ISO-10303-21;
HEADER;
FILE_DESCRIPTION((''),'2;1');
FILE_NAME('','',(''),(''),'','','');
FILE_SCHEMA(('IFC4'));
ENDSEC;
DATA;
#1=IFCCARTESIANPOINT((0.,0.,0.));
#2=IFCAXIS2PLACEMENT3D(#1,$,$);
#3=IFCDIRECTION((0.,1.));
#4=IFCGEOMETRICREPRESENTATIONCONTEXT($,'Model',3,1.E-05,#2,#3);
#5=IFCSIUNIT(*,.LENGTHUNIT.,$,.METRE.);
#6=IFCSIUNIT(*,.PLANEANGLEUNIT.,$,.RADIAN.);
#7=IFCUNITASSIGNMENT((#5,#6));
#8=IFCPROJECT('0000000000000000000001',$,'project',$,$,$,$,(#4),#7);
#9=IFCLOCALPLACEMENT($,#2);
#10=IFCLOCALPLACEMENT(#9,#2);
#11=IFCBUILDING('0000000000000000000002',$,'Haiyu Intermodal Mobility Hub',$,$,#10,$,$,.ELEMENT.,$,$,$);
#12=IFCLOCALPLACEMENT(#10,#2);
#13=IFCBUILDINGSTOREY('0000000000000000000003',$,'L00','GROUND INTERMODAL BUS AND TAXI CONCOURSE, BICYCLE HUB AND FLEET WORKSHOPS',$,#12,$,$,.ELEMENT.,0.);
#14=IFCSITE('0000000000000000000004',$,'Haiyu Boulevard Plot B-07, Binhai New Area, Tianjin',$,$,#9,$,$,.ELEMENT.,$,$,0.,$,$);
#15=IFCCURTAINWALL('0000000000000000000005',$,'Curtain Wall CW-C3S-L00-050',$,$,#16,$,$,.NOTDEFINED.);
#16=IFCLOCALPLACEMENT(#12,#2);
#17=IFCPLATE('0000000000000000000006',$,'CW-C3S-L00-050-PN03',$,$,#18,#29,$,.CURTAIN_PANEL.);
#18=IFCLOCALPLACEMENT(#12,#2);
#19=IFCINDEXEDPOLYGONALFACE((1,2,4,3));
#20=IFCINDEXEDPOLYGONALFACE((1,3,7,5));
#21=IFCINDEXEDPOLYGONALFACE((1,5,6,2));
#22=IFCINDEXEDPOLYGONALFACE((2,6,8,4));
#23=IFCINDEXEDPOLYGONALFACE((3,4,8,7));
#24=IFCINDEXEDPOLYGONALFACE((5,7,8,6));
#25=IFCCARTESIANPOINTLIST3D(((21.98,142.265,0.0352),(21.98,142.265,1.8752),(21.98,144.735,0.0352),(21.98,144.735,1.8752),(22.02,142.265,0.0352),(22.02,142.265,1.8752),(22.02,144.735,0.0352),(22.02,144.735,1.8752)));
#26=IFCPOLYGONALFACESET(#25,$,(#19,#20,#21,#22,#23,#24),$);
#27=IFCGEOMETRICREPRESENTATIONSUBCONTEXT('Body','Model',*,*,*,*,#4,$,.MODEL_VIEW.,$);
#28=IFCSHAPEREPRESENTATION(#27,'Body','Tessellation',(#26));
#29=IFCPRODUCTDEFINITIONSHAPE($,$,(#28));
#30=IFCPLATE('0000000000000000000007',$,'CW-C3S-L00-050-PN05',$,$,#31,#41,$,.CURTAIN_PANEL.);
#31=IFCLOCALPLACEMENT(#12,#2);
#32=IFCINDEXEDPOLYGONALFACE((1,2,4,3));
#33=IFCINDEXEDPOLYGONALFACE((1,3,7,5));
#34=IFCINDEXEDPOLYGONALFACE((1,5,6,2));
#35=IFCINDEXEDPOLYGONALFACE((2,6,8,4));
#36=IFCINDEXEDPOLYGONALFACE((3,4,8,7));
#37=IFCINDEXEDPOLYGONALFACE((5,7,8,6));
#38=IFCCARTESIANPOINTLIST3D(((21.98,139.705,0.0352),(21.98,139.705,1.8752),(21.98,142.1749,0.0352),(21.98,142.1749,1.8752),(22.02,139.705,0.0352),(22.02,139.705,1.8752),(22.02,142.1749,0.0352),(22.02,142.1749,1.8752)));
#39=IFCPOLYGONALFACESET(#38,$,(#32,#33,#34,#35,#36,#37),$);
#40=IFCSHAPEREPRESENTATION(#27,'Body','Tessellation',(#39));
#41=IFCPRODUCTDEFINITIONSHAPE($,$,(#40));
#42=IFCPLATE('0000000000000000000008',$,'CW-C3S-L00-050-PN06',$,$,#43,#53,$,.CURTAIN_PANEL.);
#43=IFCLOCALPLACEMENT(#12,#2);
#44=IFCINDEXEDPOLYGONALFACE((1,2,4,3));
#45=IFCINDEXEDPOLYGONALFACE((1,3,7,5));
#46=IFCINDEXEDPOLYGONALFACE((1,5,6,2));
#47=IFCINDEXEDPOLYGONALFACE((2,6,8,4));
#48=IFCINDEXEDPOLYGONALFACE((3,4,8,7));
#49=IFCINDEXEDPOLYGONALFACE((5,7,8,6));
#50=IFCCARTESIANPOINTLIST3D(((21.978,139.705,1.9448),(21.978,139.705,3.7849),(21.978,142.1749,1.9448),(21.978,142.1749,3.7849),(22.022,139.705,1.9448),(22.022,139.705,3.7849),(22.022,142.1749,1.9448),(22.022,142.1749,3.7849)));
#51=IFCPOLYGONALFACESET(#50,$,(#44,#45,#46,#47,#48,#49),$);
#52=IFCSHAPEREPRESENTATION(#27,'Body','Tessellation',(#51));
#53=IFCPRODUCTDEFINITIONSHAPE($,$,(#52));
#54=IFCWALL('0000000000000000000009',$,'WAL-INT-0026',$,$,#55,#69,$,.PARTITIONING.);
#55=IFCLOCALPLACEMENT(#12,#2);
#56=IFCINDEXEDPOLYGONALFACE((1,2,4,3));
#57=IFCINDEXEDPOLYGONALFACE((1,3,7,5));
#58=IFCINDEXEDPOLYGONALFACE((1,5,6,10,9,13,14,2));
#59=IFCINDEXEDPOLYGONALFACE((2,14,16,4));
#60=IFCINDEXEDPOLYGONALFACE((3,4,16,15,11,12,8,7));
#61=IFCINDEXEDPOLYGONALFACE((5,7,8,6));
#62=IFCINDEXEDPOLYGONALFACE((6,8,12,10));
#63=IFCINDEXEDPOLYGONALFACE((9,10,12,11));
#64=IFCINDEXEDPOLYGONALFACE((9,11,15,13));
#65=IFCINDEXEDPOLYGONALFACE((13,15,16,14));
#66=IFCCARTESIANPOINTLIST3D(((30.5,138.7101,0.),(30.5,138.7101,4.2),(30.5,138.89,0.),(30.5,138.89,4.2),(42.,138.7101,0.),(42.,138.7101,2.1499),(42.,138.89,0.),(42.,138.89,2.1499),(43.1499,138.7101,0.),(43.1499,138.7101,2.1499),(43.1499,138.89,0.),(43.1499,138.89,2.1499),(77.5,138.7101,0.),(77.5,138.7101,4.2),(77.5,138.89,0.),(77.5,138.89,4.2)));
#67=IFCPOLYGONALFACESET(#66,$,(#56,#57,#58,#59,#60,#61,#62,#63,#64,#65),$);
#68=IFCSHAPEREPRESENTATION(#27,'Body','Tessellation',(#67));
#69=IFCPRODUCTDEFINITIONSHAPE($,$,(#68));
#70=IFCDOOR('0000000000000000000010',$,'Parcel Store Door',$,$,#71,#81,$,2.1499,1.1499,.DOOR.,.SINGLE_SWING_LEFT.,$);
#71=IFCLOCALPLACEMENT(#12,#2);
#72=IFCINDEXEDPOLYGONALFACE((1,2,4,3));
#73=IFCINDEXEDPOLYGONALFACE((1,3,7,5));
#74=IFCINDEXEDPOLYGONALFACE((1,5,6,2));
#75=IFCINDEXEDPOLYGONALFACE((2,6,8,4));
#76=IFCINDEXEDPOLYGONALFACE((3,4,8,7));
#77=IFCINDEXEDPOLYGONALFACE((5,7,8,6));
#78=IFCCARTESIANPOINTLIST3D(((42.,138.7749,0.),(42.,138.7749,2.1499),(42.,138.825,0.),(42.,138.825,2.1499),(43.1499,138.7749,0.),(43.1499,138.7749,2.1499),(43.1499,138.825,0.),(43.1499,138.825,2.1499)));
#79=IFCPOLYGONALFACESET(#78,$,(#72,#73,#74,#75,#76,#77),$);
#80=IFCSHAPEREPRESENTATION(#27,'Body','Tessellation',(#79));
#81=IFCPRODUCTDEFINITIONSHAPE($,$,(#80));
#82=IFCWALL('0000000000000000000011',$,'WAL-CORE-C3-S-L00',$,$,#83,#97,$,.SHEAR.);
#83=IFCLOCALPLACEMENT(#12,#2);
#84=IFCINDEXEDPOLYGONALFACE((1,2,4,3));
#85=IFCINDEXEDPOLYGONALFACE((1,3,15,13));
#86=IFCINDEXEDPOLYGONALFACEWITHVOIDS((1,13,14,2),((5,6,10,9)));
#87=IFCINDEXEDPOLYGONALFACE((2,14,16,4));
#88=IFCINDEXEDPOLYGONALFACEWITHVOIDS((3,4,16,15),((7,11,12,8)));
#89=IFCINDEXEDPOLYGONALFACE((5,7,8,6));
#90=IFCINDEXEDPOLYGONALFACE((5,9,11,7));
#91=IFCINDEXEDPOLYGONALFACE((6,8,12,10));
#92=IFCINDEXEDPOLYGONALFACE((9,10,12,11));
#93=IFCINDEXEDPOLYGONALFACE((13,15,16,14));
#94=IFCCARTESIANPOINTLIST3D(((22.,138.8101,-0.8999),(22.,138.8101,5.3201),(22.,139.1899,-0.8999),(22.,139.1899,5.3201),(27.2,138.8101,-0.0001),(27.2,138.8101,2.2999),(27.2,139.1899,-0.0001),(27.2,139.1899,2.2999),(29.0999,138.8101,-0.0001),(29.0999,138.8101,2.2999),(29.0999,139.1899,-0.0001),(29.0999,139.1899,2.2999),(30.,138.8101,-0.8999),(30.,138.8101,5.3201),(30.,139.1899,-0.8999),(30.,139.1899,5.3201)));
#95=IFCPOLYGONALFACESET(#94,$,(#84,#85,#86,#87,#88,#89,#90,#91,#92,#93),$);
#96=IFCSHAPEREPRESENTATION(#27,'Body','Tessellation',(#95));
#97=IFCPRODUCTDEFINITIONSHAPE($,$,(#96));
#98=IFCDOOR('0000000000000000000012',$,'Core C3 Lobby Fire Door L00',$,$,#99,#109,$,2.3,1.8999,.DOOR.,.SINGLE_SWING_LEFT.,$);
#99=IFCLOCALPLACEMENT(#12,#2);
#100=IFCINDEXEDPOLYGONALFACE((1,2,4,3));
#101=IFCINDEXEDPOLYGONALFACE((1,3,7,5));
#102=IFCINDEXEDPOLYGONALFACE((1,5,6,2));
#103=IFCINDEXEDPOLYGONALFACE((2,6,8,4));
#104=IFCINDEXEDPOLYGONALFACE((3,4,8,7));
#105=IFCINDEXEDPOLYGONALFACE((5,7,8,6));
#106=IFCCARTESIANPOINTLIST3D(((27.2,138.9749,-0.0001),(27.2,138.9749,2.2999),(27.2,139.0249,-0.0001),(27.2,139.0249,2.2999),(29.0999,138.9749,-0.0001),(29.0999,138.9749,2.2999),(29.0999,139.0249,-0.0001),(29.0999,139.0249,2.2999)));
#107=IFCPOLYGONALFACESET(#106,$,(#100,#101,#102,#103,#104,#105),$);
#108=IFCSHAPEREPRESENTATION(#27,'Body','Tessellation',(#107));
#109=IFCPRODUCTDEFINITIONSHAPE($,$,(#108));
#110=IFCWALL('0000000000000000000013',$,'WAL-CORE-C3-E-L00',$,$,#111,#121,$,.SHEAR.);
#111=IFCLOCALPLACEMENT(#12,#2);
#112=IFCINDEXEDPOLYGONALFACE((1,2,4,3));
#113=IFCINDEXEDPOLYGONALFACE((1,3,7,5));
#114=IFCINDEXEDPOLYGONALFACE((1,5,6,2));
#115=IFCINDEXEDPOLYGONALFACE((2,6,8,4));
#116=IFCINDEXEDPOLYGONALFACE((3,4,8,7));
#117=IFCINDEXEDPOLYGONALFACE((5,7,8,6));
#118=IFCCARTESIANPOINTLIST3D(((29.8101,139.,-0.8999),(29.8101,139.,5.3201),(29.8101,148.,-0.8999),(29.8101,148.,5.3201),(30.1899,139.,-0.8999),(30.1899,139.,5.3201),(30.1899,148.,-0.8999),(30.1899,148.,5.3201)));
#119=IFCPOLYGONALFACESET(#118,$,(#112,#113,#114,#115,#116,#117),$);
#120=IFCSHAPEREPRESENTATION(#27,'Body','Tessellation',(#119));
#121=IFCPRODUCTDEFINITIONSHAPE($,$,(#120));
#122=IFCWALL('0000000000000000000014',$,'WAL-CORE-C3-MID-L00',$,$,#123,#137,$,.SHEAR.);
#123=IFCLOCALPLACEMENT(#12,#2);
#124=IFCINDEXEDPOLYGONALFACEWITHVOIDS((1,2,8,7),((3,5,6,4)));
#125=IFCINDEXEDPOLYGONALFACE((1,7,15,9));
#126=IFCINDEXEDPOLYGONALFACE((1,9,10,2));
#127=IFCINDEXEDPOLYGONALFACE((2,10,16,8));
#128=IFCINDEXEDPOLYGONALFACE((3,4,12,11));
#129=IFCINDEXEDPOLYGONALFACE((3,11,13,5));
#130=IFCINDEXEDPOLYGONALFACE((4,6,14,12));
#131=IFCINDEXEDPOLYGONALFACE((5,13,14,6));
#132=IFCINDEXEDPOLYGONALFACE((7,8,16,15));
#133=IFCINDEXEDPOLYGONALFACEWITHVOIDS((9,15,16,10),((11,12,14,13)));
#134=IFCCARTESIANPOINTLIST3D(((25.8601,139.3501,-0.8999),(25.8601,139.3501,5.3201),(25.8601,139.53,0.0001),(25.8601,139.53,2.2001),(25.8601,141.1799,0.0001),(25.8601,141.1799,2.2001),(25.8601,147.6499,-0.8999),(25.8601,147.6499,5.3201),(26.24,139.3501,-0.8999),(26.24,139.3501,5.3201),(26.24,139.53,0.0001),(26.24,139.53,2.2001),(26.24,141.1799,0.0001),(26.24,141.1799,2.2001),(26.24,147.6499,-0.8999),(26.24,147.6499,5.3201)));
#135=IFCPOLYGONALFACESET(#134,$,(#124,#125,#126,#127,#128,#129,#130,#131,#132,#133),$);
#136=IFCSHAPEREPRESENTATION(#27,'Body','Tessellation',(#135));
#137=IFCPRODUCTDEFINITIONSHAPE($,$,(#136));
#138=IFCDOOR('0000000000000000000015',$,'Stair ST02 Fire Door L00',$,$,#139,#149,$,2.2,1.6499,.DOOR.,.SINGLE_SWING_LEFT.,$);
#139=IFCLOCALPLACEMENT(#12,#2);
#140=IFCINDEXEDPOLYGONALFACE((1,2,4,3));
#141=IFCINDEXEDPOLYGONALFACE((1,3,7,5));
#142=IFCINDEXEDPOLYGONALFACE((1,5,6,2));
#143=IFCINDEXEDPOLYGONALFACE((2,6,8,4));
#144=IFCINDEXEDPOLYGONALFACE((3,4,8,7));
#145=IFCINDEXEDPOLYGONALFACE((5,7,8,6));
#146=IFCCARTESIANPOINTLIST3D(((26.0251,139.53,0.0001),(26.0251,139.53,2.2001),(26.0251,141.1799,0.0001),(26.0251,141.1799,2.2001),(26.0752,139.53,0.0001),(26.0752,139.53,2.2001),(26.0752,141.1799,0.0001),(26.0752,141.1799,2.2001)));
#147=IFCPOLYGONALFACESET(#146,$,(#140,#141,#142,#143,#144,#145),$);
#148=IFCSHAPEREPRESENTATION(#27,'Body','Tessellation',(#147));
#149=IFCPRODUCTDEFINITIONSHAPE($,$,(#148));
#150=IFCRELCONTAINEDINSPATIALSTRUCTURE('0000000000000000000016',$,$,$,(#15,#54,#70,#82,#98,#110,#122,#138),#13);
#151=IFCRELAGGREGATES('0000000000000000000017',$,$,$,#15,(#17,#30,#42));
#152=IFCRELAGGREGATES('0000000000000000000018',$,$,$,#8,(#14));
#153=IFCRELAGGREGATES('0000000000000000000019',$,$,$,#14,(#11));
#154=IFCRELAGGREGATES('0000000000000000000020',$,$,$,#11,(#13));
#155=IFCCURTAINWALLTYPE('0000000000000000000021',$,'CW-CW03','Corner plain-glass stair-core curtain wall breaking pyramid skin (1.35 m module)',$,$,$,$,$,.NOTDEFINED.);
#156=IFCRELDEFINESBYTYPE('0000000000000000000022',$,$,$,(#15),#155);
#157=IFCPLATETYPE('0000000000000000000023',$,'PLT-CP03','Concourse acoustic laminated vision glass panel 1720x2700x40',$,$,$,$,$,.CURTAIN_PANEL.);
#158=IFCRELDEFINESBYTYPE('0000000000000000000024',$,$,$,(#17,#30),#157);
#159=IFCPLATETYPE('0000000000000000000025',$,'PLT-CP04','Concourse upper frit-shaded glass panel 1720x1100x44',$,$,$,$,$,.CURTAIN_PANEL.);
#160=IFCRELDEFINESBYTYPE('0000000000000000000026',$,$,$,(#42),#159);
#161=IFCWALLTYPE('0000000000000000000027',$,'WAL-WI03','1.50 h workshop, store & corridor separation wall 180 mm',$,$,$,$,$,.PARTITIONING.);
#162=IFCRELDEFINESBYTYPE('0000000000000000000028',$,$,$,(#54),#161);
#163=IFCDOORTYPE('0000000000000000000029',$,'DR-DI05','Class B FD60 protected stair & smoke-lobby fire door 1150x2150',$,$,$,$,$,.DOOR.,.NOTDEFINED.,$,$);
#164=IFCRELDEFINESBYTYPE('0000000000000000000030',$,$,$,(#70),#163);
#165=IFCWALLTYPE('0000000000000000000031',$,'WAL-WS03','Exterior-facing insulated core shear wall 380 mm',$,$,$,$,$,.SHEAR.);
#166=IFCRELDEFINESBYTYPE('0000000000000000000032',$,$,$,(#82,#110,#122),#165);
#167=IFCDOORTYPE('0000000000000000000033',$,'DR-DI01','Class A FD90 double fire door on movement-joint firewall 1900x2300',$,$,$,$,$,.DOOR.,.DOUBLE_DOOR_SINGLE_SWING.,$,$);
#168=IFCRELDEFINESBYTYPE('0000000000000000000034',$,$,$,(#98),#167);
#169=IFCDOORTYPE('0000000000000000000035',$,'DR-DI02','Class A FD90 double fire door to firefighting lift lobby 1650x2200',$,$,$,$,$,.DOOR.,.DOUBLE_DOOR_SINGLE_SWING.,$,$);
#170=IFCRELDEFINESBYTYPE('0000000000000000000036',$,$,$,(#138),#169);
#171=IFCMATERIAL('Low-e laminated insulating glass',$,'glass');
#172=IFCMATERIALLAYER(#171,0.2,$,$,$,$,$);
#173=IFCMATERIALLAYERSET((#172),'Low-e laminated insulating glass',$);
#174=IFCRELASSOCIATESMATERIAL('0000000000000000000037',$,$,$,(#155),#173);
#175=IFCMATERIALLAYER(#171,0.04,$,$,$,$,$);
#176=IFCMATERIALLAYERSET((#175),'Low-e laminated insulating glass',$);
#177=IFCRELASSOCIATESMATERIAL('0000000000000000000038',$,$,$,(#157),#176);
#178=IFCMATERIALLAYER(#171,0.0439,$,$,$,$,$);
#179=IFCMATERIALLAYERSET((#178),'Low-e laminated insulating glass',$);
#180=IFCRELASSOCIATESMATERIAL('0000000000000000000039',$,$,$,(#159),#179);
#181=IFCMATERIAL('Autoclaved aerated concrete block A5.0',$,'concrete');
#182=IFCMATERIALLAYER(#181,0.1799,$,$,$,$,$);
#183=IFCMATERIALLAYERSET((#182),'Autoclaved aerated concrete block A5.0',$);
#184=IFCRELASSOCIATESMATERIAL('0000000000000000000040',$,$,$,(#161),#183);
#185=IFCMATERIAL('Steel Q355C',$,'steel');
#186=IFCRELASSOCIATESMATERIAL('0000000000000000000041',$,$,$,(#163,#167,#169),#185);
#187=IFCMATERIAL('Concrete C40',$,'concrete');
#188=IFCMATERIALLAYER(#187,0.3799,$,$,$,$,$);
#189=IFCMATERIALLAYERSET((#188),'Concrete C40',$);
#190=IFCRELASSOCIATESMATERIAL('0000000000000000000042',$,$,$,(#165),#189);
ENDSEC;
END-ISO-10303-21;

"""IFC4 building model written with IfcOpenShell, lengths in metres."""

from ifc_helpers import new_model, si_unit, direction, frame, frame_2d, origin, origin_2d, place, context, subcontext, project, spatial, rectangle, extrude, material, layer, layer_set, type_object, element, fill, aggregate, save


model = new_model("IFC4")

# Units and contexts
model_context = context("Model", 3, precision=1e-05, world=origin(), true_north=direction((0.0, 1.0)))
body_context = subcontext(model_context, "Body", "Model", "MODEL_VIEW")
ifc_project = project(units=[si_unit("LENGTHUNIT", "METRE"), si_unit("PLANEANGLEUNIT", "RADIAN")], contexts=[model_context])

# Site, building, storey
site_placement = place(None, origin())
site = spatial("IfcSite", under=ifc_project, at=site_placement, Name="Haiyu Boulevard Plot B-07, Binhai New Area, Tianjin", CompositionType="ELEMENT", RefElevation=0.0)
building_placement = place(site_placement, origin())
building = spatial("IfcBuilding", under=site, at=building_placement, Name="Haiyu Intermodal Mobility Hub", CompositionType="ELEMENT")
storey_placement = place(building_placement, origin())
storey = spatial("IfcBuildingStorey", under=building, at=storey_placement, Name="L00", Description="GROUND INTERMODAL BUS AND TAXI CONCOURSE, BICYCLE HUB AND FLEET WORKSHOPS", CompositionType="ELEMENT", Elevation=0.0)

# Shared definitions
ifc_material_1 = material(Name="Concrete C40", Category="concrete")

# Shared definitions
ifc_material_2 = material(Name="Steel Q355C", Category="steel")

# Curtain wall, plates
ifc_material_3 = material(Name="Low-e laminated insulating glass", Category="glass")
ifc_layer_1 = layer(ifc_material_3, 0.2)
ifc_layer_set_1 = layer_set([ifc_layer_1], Name="Low-e laminated insulating glass")
curtain_wall_type = type_object("IfcCurtainWallType", Name="CW-CW03", Description="Corner plain-glass stair-core curtain wall breaking pyramid skin (1.35 m module)", PredefinedType="NOTDEFINED", material=ifc_layer_set_1)
curtain_wall_placement = place(storey_placement, origin())
curtain_wall = element("IfcCurtainWall", 1, at=curtain_wall_placement, inside=storey, type_object=curtain_wall_type, Name="Curtain Wall CW-C3S-L00-050", PredefinedType="NOTDEFINED")
ifc_layer_2 = layer(ifc_material_3, 0.04)
ifc_layer_set_2 = layer_set([ifc_layer_2], Name="Low-e laminated insulating glass")
plate_type_1 = type_object("IfcPlateType", Name="PLT-CP03", Description="Concourse acoustic laminated vision glass panel 1720x2700x40", PredefinedType="CURTAIN_PANEL", material=ifc_layer_set_2)
plate_1_placement = place(storey_placement, frame((22.0, 143.5, 0.0352), z_axis=(0.0, 0.0, 1.0), x_axis=(0.0, -1.0, 0.0)))
plate_1 = element("IfcPlate", 2, at=plate_1_placement, type_object=plate_type_1, Name="CW-C3S-L00-050-PN03", PredefinedType="CURTAIN_PANEL", context=body_context, shape_type="SweptSolid", body=[
    extrude(rectangle(XDim=2.47, YDim=0.04, at=origin_2d()), origin(), (0.0, 0.0, 1.0), 1.8401),
])
plate_2_placement = place(storey_placement, frame((22.0, 140.9399, 0.0352), z_axis=(0.0, 0.0, 1.0), x_axis=(0.0, -1.0, 0.0)))
plate_2 = element("IfcPlate", 3, at=plate_2_placement, type_object=plate_type_1, Name="CW-C3S-L00-050-PN05", PredefinedType="CURTAIN_PANEL", context=body_context, shape_type="SweptSolid", body=[
    extrude(rectangle(XDim=2.47, YDim=0.04, at=origin_2d()), origin(), (0.0, 0.0, 1.0), 1.8401),
])
ifc_layer_3 = layer(ifc_material_3, 0.0439)
ifc_layer_set_3 = layer_set([ifc_layer_3], Name="Low-e laminated insulating glass")
plate_type_2 = type_object("IfcPlateType", Name="PLT-CP04", Description="Concourse upper frit-shaded glass panel 1720x1100x44", PredefinedType="CURTAIN_PANEL", material=ifc_layer_set_3)
plate_3_placement = place(storey_placement, frame((22.0, 140.9399, 1.9448), z_axis=(0.0, 0.0, 1.0), x_axis=(0.0, -1.0, 0.0)))
plate_3 = element("IfcPlate", 4, at=plate_3_placement, type_object=plate_type_2, Name="CW-C3S-L00-050-PN06", PredefinedType="CURTAIN_PANEL", context=body_context, shape_type="SweptSolid", body=[
    extrude(rectangle(XDim=2.47, YDim=0.0439, at=origin_2d()), origin(), (0.0, 0.0, 1.0), 1.8401),
])
aggregate(curtain_wall, [plate_1, plate_2, plate_3])

# Walls, openings, doors
ifc_material_4 = material(Name="Autoclaved aerated concrete block A5.0", Category="concrete")
ifc_layer_4 = layer(ifc_material_4, 0.1799)
ifc_layer_set_4 = layer_set([ifc_layer_4], Name="Autoclaved aerated concrete block A5.0")
wall_type_1 = type_object("IfcWallType", Name="WAL-WI03", Description="1.50 h workshop, store & corridor separation wall 180 mm", PredefinedType="PARTITIONING", material=ifc_layer_set_4)
wall_1_placement = place(storey_placement, frame((30.5, 138.8, 0.0), z_axis=(0.0, 0.0, 1.0), x_axis=(1.0, 0.0, 0.0)))
wall_1 = element("IfcWall", 5, at=wall_1_placement, inside=storey, type_object=wall_type_1, Name="WAL-INT-0026", PredefinedType="PARTITIONING", context=body_context, shape_type="SweptSolid", body=[
    extrude(rectangle(XDim=47.0, YDim=0.1799, at=frame_2d((23.5, 0.0))), origin(), (0.0, 0.0, 1.0), 4.2),
])
opening_1_placement = place(wall_1_placement, frame((11.5, 0.0, 0.0)))
opening_1 = element("IfcOpeningElement", 6, at=opening_1_placement, cuts=wall_1, PredefinedType="OPENING", context=body_context, shape_type="SweptSolid", body=[
    extrude(rectangle(XDim=1.1499, YDim=2.1499, at=frame_2d((0.575, 1.075))), frame((0.0, 0.1001, 0.0), z_axis=(0.0, -1.0, 0.0), x_axis=(1.0, 0.0, 0.0)), (0.0, 0.0, 1.0), 0.2),
])
door_type_1 = type_object("IfcDoorType", Name="DR-DI05", Description="Class B FD60 protected stair & smoke-lobby fire door 1150x2150", OperationType="NOTDEFINED", PredefinedType="DOOR", material=ifc_material_2)
door_1_placement = place(opening_1_placement, origin())
door_1 = element("IfcDoor", 7, at=door_1_placement, inside=storey, type_object=door_type_1, Name="Parcel Store Door", OperationType="SINGLE_SWING_LEFT", OverallHeight=2.1499, OverallWidth=1.1499, PredefinedType="DOOR", context=body_context, shape_type="SweptSolid", body=[
    extrude(rectangle(XDim=1.1499, YDim=2.1499, at=frame_2d((0.575, 1.075))), frame((0.0, 0.0249, 0.0), z_axis=(0.0, -1.0, 0.0), x_axis=(1.0, 0.0, 0.0)), (0.0, 0.0, 1.0), 0.05),
])
fill(opening_1, door_1)
ifc_layer_5 = layer(ifc_material_1, 0.3799)
ifc_layer_set_5 = layer_set([ifc_layer_5], Name="Concrete C40")
wall_type_2 = type_object("IfcWallType", Name="WAL-WS03", Description="Exterior-facing insulated core shear wall 380 mm", PredefinedType="SHEAR", material=ifc_layer_set_5)
wall_2_placement = place(storey_placement, frame((22.0, 139.0, -0.8999), z_axis=(0.0, 0.0, 1.0), x_axis=(1.0, 0.0, 0.0)))
wall_2 = element("IfcWall", 8, at=wall_2_placement, inside=storey, type_object=wall_type_2, Name="WAL-CORE-C3-S-L00", PredefinedType="SHEAR", context=body_context, shape_type="SweptSolid", body=[
    extrude(rectangle(XDim=8.0, YDim=0.3799, at=frame_2d((4.0, 0.0))), origin(), (0.0, 0.0, 1.0), 6.22),
])
opening_2_placement = place(wall_2_placement, frame((5.2, 0.0, 0.8999)))
opening_2 = element("IfcOpeningElement", 9, at=opening_2_placement, cuts=wall_2, PredefinedType="OPENING", context=body_context, shape_type="SweptSolid", body=[
    extrude(rectangle(XDim=1.8999, YDim=2.3, at=frame_2d((0.95, 1.1499))), frame((0.0, 0.2, 0.0), z_axis=(0.0, -1.0, 0.0), x_axis=(1.0, 0.0, 0.0)), (0.0, 0.0, 1.0), 0.3999),
])
door_type_2 = type_object("IfcDoorType", Name="DR-DI01", Description="Class A FD90 double fire door on movement-joint firewall 1900x2300", OperationType="DOUBLE_DOOR_SINGLE_SWING", PredefinedType="DOOR", material=ifc_material_2)
door_2_placement = place(opening_2_placement, origin())
door_2 = element("IfcDoor", 10, at=door_2_placement, inside=storey, type_object=door_type_2, Name="Core C3 Lobby Fire Door L00", OperationType="SINGLE_SWING_LEFT", OverallHeight=2.3, OverallWidth=1.8999, PredefinedType="DOOR", context=body_context, shape_type="SweptSolid", body=[
    extrude(rectangle(XDim=1.8999, YDim=2.3, at=frame_2d((0.95, 1.1499))), frame((0.0, 0.0249, 0.0), z_axis=(0.0, -1.0, 0.0), x_axis=(1.0, 0.0, 0.0)), (0.0, 0.0, 1.0), 0.05),
])
fill(opening_2, door_2)

# Wall
wall_3_placement = place(storey_placement, frame((30.0, 139.0, -0.8999), z_axis=(0.0, 0.0, 1.0), x_axis=(0.0, 1.0, 0.0)))
element("IfcWall", 11, at=wall_3_placement, inside=storey, type_object=wall_type_2, Name="WAL-CORE-C3-E-L00", PredefinedType="SHEAR", context=body_context, shape_type="SweptSolid", body=[
    extrude(rectangle(XDim=9.0, YDim=0.3799, at=frame_2d((4.5, 0.0))), origin(), (0.0, 0.0, 1.0), 6.22),
])

# Wall, opening, door
wall_4_placement = place(storey_placement, frame((26.05, 139.3501, -0.8999), z_axis=(0.0, 0.0, 1.0), x_axis=(0.0, 1.0, 0.0)))
wall_4 = element("IfcWall", 12, at=wall_4_placement, inside=storey, type_object=wall_type_2, Name="WAL-CORE-C3-MID-L00", PredefinedType="SHEAR", context=body_context, shape_type="SweptSolid", body=[
    extrude(rectangle(XDim=8.2998, YDim=0.3799, at=frame_2d((4.1499, 0.0))), origin(), (0.0, 0.0, 1.0), 6.22),
])
opening_3_placement = place(wall_4_placement, frame((0.1799, 0.0, 0.8999)))
opening_3 = element("IfcOpeningElement", 13, at=opening_3_placement, cuts=wall_4, PredefinedType="OPENING", context=body_context, shape_type="SweptSolid", body=[
    extrude(rectangle(XDim=1.6499, YDim=2.2, at=frame_2d((0.825, 1.1001))), frame((0.0, 0.2, 0.0), z_axis=(0.0, -1.0, 0.0), x_axis=(1.0, 0.0, 0.0)), (0.0, 0.0, 1.0), 0.3999),
])
door_type_3 = type_object("IfcDoorType", Name="DR-DI02", Description="Class A FD90 double fire door to firefighting lift lobby 1650x2200", OperationType="DOUBLE_DOOR_SINGLE_SWING", PredefinedType="DOOR", material=ifc_material_2)
door_3_placement = place(opening_3_placement, origin())
door_3 = element("IfcDoor", 14, at=door_3_placement, inside=storey, type_object=door_type_3, Name="Stair ST02 Fire Door L00", OperationType="SINGLE_SWING_LEFT", OverallHeight=2.2, OverallWidth=1.6499, PredefinedType="DOOR", context=body_context, shape_type="SweptSolid", body=[
    extrude(rectangle(XDim=1.6499, YDim=2.2, at=frame_2d((0.825, 1.1001))), frame((0.0, 0.0249, 0.0), z_axis=(0.0, -1.0, 0.0), x_axis=(1.0, 0.0, 0.0)), (0.0, 0.0, 1.0), 0.05),
])
fill(opening_3, door_3)

save(model, "model.ifc")
